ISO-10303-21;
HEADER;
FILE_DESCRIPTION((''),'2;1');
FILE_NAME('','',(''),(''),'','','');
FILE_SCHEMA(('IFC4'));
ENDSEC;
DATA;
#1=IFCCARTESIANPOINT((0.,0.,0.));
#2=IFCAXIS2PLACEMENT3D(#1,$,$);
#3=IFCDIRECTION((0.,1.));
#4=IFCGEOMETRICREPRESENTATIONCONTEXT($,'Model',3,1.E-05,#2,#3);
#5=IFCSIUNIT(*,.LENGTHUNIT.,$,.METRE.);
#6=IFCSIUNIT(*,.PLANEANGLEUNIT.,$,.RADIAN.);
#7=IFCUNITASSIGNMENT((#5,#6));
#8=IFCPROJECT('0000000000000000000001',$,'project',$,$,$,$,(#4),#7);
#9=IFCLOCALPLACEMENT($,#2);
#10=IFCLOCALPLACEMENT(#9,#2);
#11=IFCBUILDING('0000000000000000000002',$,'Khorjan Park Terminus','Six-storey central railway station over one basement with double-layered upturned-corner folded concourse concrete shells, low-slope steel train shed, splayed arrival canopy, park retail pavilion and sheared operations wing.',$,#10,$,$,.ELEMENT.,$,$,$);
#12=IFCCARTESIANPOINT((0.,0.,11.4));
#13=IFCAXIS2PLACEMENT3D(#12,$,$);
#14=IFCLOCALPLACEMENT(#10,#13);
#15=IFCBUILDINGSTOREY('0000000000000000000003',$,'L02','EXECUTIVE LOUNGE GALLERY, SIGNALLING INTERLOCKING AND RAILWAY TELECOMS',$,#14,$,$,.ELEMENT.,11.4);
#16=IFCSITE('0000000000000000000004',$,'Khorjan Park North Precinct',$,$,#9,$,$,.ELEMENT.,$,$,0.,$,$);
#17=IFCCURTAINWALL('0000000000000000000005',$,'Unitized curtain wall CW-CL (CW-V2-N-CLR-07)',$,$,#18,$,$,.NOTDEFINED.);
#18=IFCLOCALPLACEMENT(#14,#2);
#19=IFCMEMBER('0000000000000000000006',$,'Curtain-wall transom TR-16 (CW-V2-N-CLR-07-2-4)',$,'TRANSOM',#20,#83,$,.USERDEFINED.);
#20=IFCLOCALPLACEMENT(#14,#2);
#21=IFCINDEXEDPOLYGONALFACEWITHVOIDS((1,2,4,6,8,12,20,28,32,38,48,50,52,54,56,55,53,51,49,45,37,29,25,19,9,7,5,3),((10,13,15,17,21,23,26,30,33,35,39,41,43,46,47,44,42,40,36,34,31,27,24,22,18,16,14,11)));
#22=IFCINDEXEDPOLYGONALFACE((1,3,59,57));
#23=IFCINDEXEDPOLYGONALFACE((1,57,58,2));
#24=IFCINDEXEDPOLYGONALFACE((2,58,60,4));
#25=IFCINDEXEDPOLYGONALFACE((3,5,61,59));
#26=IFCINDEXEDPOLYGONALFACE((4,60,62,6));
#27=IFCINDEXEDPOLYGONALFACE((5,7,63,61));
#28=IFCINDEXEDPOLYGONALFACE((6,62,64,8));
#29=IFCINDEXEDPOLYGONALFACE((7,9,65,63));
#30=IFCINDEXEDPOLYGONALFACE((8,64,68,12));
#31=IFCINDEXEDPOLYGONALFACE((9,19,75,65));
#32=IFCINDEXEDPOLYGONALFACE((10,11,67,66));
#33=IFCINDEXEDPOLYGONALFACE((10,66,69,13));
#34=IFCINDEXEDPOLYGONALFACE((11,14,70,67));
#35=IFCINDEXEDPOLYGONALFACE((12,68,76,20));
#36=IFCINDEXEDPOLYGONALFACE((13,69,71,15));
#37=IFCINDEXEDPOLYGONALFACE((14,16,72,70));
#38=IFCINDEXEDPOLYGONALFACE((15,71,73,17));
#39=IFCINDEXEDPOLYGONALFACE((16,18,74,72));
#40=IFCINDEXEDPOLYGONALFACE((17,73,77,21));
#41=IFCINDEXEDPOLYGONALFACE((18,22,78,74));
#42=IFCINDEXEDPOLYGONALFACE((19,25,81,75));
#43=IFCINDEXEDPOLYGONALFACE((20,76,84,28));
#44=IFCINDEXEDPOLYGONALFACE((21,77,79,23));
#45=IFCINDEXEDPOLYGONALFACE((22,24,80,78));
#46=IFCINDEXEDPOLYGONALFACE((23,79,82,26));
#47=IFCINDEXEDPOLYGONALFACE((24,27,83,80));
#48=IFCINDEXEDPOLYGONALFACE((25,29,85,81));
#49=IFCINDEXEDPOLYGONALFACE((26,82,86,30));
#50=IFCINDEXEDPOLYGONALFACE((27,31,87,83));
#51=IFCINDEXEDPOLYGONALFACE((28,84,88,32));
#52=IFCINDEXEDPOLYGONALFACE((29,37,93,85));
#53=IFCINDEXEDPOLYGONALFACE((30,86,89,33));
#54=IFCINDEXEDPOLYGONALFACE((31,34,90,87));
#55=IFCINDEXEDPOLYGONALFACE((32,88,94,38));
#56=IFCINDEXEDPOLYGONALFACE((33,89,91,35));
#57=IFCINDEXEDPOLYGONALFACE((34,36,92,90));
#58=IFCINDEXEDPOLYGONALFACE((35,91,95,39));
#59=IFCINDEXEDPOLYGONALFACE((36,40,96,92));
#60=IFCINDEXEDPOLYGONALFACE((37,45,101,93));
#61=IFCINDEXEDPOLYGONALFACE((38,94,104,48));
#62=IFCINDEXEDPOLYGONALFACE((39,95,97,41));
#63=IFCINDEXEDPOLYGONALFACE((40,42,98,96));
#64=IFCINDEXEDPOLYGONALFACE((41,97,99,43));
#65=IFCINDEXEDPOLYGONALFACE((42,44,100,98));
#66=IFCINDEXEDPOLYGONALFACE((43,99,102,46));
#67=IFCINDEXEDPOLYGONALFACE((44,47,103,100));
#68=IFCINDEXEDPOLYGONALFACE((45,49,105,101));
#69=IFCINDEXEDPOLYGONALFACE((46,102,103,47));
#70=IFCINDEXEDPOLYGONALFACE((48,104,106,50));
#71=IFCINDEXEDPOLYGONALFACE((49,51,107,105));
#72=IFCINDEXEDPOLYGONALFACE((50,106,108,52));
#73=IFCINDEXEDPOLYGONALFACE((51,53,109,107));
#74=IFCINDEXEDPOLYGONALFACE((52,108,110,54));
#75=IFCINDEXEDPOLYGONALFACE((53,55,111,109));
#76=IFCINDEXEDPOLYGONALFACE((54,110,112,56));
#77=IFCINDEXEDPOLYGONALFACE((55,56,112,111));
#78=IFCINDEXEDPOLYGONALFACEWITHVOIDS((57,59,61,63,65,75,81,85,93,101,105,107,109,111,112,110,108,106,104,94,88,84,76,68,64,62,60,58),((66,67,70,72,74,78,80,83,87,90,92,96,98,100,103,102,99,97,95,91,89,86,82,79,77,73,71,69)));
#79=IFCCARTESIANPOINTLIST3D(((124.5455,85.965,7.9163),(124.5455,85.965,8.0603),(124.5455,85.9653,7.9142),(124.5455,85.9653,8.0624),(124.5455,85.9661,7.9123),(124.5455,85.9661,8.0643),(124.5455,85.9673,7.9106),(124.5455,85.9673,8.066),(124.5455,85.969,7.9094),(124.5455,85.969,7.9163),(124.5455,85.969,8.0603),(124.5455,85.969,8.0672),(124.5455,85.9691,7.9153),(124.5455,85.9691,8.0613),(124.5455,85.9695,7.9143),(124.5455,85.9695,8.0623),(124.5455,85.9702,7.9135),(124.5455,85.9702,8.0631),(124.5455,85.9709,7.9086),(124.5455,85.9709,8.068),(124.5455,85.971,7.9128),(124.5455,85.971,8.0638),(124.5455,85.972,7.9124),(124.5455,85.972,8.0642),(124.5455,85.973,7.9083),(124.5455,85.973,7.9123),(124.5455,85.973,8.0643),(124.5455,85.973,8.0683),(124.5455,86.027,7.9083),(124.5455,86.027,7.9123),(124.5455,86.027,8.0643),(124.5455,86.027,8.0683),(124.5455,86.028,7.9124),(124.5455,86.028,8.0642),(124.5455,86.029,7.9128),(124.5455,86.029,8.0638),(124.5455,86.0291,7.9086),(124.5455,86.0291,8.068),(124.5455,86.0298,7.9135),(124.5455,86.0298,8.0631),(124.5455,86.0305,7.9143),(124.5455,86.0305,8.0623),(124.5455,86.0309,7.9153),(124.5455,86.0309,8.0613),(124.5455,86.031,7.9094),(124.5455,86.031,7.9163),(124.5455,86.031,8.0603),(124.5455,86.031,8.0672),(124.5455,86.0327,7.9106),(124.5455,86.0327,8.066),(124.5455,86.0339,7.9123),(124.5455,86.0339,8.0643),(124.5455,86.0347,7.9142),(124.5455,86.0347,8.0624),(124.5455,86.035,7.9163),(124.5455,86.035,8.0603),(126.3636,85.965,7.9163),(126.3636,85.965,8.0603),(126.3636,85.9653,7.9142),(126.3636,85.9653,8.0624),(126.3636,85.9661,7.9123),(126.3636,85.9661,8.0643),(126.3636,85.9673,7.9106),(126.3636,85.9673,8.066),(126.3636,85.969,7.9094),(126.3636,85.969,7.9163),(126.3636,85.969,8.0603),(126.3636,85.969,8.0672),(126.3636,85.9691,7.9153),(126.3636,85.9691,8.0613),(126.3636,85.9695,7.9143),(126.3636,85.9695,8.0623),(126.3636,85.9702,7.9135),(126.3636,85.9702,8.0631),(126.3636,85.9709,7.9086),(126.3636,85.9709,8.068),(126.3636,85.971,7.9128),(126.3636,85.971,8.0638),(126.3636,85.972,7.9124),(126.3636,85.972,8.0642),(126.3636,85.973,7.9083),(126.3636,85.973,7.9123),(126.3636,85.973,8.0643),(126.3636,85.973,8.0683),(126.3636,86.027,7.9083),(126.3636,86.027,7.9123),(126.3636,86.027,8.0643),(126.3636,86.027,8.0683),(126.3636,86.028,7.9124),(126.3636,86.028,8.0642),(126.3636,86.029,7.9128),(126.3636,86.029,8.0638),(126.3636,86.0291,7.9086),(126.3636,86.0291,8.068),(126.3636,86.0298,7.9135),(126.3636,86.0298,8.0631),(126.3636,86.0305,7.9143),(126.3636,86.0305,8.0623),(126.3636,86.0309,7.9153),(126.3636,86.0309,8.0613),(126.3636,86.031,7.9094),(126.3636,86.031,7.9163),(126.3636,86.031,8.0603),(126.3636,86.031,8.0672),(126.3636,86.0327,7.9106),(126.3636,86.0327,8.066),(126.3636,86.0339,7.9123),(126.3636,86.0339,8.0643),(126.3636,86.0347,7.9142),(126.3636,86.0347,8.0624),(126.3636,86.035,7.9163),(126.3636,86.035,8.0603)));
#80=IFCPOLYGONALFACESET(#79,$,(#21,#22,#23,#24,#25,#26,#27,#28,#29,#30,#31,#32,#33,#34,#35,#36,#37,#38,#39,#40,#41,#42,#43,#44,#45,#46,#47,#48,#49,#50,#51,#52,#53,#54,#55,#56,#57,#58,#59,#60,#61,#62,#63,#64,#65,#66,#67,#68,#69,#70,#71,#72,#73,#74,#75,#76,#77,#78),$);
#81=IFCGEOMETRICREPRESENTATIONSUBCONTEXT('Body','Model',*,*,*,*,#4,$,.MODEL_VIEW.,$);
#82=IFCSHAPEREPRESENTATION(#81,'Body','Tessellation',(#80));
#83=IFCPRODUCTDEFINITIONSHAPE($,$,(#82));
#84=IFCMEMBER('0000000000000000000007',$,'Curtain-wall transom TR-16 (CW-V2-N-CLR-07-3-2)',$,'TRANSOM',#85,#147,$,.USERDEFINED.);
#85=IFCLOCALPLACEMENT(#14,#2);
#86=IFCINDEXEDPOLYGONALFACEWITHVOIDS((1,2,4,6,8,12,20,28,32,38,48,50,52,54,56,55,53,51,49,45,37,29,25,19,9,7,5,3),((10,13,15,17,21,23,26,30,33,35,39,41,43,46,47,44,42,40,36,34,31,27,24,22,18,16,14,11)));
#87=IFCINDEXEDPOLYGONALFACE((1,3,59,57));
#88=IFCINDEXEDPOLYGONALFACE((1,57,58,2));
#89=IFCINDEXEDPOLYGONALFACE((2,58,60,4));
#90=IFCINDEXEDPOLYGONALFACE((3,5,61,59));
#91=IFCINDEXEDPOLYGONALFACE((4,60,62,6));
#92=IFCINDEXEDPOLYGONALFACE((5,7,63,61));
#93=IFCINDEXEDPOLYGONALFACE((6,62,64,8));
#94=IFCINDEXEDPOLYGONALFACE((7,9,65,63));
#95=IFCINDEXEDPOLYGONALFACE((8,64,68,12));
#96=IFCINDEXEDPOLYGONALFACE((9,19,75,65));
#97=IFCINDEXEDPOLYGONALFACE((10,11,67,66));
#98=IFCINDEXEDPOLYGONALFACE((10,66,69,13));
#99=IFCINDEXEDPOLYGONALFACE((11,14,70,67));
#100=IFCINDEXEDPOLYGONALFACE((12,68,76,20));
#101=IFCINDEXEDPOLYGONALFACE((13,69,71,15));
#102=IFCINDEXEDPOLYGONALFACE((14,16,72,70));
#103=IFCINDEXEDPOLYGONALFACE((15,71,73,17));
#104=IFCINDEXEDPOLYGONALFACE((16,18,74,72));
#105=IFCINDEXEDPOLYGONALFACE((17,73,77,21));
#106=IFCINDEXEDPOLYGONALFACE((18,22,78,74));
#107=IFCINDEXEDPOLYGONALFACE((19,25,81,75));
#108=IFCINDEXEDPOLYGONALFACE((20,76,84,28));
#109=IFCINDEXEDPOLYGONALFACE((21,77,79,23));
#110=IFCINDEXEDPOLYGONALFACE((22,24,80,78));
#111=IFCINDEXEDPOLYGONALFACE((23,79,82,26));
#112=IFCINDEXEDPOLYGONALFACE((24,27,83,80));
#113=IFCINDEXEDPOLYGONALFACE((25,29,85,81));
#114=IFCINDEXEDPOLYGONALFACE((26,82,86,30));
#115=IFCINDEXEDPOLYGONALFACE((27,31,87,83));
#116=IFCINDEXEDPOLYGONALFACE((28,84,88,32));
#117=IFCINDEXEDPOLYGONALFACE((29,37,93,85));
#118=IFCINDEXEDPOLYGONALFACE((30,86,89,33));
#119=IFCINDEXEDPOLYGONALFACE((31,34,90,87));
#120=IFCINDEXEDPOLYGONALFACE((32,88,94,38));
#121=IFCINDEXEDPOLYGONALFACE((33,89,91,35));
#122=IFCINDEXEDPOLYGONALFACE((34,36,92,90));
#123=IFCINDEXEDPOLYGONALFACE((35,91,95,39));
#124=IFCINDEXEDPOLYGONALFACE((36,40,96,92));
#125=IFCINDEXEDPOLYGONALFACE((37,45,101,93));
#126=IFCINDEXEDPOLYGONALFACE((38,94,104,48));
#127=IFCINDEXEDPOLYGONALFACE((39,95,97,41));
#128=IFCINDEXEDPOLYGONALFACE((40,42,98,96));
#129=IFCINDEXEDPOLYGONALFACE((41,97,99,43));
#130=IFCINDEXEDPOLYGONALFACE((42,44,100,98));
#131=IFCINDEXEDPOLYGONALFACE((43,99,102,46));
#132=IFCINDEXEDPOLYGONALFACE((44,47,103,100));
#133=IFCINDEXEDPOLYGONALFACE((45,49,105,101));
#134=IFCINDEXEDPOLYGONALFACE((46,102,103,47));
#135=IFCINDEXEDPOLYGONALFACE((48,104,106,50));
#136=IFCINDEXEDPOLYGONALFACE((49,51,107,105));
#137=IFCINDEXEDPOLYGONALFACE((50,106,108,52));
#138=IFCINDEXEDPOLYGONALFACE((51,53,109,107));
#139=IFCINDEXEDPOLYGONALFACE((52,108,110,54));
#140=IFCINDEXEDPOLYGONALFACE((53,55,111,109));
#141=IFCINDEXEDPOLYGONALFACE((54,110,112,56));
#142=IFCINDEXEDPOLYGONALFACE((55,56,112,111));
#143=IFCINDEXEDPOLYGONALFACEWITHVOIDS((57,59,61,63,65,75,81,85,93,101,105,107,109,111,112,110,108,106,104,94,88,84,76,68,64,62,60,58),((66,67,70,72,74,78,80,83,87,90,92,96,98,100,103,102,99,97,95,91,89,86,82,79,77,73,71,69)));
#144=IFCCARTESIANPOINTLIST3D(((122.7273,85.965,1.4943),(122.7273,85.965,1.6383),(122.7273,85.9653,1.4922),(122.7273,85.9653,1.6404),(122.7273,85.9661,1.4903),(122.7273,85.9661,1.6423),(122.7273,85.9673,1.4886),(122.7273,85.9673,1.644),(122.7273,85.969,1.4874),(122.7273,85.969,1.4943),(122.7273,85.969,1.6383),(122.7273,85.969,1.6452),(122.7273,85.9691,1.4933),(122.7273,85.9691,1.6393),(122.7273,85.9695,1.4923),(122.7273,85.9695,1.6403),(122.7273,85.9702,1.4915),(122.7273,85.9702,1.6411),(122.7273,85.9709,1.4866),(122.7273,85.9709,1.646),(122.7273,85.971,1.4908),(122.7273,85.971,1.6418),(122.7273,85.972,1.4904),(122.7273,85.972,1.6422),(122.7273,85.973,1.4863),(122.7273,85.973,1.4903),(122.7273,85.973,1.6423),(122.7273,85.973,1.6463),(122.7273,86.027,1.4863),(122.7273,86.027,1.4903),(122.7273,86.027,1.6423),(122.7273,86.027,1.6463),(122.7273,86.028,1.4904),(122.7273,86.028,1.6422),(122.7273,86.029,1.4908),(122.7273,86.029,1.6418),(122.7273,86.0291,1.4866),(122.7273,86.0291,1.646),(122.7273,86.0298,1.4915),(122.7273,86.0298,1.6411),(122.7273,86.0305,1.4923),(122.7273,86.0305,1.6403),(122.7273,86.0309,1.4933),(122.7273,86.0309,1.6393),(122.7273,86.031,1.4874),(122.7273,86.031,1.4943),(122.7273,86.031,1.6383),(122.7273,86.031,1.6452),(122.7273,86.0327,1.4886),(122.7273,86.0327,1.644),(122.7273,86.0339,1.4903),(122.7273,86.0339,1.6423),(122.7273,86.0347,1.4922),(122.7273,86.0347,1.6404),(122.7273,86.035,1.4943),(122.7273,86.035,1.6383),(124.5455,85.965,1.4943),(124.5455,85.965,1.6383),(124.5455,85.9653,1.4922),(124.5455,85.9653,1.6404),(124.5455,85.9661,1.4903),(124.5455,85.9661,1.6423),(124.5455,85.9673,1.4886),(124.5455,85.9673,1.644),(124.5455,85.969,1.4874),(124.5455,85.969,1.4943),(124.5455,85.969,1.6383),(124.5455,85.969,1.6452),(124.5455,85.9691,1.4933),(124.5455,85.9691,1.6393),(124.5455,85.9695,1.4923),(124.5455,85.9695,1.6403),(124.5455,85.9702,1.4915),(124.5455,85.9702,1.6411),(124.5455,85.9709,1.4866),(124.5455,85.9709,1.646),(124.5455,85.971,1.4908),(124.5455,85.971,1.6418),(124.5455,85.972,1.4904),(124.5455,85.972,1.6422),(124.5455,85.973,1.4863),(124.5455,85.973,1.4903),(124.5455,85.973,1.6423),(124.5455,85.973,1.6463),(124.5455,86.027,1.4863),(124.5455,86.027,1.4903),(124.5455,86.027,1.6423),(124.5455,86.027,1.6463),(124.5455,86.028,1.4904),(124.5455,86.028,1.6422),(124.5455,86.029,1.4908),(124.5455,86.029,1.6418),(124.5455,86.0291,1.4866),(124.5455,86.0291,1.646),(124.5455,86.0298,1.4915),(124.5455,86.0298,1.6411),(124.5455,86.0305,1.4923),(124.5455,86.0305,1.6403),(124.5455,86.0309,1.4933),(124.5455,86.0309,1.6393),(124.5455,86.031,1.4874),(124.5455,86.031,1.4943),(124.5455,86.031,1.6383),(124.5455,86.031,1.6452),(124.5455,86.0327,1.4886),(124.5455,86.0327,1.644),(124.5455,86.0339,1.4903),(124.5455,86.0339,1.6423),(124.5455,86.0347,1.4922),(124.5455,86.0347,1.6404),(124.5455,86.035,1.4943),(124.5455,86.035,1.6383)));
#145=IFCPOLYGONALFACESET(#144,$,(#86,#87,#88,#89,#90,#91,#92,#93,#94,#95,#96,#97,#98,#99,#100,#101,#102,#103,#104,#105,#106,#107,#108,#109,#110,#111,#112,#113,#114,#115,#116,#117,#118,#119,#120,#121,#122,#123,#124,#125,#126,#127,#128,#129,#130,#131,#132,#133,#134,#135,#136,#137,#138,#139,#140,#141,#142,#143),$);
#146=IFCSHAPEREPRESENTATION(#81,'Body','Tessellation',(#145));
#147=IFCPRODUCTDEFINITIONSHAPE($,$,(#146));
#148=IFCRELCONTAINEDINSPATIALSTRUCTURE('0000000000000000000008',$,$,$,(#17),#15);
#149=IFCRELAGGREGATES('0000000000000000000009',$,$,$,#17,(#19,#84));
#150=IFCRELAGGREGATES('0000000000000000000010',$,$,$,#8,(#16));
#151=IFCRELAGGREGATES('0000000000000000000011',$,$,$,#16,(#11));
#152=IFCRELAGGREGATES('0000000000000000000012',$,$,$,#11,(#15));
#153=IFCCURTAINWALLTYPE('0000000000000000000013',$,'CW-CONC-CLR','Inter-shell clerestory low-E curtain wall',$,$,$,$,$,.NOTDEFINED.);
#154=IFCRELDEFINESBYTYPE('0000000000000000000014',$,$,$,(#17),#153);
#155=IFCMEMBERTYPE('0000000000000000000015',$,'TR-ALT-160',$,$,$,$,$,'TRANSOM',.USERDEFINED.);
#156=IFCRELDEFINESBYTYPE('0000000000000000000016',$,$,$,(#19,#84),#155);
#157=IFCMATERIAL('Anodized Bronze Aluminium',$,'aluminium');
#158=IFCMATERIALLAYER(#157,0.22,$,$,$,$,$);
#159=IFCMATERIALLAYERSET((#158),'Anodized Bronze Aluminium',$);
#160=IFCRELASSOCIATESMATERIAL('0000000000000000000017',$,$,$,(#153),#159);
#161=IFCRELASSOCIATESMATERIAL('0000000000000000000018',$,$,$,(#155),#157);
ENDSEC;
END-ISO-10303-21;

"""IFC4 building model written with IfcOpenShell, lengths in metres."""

from ifc_helpers import new_model, si_unit, direction, frame, origin, origin_2d, place, context, subcontext, project, spatial, hollow_rectangle, extrude, material, layer, layer_set, material_profile, profile_set, type_object, element, aggregate, save


model = new_model("IFC4")

# Units and contexts
model_context = context("Model", 3, precision=1e-05, world=origin(), true_north=direction((0.0, 1.0)))
body_context = subcontext(model_context, "Body", "Model", "MODEL_VIEW")
ifc_project = project(units=[si_unit("LENGTHUNIT", "METRE"), si_unit("PLANEANGLEUNIT", "RADIAN")], contexts=[model_context])

# Site, building, storey
site_placement = place(None, origin())
site = spatial("IfcSite", under=ifc_project, at=site_placement, Name="Khorjan Park North Precinct", CompositionType="ELEMENT", RefElevation=0.0)
building_placement = place(site_placement, origin())
building = spatial("IfcBuilding", under=site, at=building_placement, Name="Khorjan Park Terminus", Description="Six-storey central railway station over one basement with double-layered upturned-corner folded concourse concrete shells, low-slope steel train shed, splayed arrival canopy, park retail pavilion and sheared operations wing.", CompositionType="ELEMENT")
storey_placement = place(building_placement, frame((0.0, 0.0, 11.4)))
storey = spatial("IfcBuildingStorey", under=building, at=storey_placement, Name="L02", Description="EXECUTIVE LOUNGE GALLERY, SIGNALLING INTERLOCKING AND RAILWAY TELECOMS", CompositionType="ELEMENT", Elevation=11.4)

# Shared definitions
ifc_material_1 = material(Name="Anodized Bronze Aluminium", Category="aluminium")
ifc_layer_1 = layer(ifc_material_1, 0.22)
ifc_layer_set_1 = layer_set([ifc_layer_1], Name="Anodized Bronze Aluminium")
curtain_wall_type = type_object("IfcCurtainWallType", Name="CW-CONC-CLR", Description="Inter-shell clerestory low-E curtain wall", PredefinedType="NOTDEFINED", material=ifc_layer_set_1)

# Curtain wall, members
curtain_wall_1_placement = place(storey_placement, origin())
curtain_wall_1 = element("IfcCurtainWall", 1, at=curtain_wall_1_placement, inside=storey, type_object=curtain_wall_type, Name="Unitized curtain wall CW-CL (CW-V2-N-CLR-07)", PredefinedType="NOTDEFINED")
ifc_material_profile_1 = material_profile(ifc_material_1, hollow_rectangle(XDim=0.07, YDim=0.16, WallThickness=0.004, InnerFilletRadius=0.004, OuterFilletRadius=0.008, at=origin_2d()), Name="ALT 70x160x4")
ifc_profile_set_1 = profile_set([ifc_material_profile_1], Name="Anodized Bronze Aluminium")
member_type_1 = type_object("IfcMemberType", Name="TR-ALT-160", ElementType="TRANSOM", PredefinedType="USERDEFINED", material=ifc_profile_set_1)
member_1_placement = place(storey_placement, frame((126.3636, 86.0, 7.9883), z_axis=(-1.0, 0.0, 0.0), x_axis=(0.0, -1.0, 0.0)))
member_1 = element("IfcMember", 2, at=member_1_placement, type_object=member_type_1, Name="Curtain-wall transom TR-16 (CW-V2-N-CLR-07-2-4)", ObjectType="TRANSOM", PredefinedType="USERDEFINED", context=body_context, shape_type="SweptSolid", body=[
    extrude(hollow_rectangle(XDim=0.07, YDim=0.16, WallThickness=0.004, InnerFilletRadius=0.004, OuterFilletRadius=0.008, at=origin_2d()), origin(), (0.0, 0.0, 1.0), 1.8181),
])
member_2_placement = place(storey_placement, frame((124.5455, 86.0, 1.5663), z_axis=(-1.0, 0.0, 0.0), x_axis=(0.0, -1.0, 0.0)))
member_2 = element("IfcMember", 3, at=member_2_placement, type_object=member_type_1, Name="Curtain-wall transom TR-16 (CW-V2-N-CLR-07-3-2)", ObjectType="TRANSOM", PredefinedType="USERDEFINED", context=body_context, shape_type="SweptSolid", body=[
    extrude(hollow_rectangle(XDim=0.07, YDim=0.16, WallThickness=0.004, InnerFilletRadius=0.004, OuterFilletRadius=0.008, at=origin_2d()), origin(), (0.0, 0.0, 1.0), 1.8182),
])

aggregate(curtain_wall_1, [member_1, member_2])

save(model, "model.ifc")
